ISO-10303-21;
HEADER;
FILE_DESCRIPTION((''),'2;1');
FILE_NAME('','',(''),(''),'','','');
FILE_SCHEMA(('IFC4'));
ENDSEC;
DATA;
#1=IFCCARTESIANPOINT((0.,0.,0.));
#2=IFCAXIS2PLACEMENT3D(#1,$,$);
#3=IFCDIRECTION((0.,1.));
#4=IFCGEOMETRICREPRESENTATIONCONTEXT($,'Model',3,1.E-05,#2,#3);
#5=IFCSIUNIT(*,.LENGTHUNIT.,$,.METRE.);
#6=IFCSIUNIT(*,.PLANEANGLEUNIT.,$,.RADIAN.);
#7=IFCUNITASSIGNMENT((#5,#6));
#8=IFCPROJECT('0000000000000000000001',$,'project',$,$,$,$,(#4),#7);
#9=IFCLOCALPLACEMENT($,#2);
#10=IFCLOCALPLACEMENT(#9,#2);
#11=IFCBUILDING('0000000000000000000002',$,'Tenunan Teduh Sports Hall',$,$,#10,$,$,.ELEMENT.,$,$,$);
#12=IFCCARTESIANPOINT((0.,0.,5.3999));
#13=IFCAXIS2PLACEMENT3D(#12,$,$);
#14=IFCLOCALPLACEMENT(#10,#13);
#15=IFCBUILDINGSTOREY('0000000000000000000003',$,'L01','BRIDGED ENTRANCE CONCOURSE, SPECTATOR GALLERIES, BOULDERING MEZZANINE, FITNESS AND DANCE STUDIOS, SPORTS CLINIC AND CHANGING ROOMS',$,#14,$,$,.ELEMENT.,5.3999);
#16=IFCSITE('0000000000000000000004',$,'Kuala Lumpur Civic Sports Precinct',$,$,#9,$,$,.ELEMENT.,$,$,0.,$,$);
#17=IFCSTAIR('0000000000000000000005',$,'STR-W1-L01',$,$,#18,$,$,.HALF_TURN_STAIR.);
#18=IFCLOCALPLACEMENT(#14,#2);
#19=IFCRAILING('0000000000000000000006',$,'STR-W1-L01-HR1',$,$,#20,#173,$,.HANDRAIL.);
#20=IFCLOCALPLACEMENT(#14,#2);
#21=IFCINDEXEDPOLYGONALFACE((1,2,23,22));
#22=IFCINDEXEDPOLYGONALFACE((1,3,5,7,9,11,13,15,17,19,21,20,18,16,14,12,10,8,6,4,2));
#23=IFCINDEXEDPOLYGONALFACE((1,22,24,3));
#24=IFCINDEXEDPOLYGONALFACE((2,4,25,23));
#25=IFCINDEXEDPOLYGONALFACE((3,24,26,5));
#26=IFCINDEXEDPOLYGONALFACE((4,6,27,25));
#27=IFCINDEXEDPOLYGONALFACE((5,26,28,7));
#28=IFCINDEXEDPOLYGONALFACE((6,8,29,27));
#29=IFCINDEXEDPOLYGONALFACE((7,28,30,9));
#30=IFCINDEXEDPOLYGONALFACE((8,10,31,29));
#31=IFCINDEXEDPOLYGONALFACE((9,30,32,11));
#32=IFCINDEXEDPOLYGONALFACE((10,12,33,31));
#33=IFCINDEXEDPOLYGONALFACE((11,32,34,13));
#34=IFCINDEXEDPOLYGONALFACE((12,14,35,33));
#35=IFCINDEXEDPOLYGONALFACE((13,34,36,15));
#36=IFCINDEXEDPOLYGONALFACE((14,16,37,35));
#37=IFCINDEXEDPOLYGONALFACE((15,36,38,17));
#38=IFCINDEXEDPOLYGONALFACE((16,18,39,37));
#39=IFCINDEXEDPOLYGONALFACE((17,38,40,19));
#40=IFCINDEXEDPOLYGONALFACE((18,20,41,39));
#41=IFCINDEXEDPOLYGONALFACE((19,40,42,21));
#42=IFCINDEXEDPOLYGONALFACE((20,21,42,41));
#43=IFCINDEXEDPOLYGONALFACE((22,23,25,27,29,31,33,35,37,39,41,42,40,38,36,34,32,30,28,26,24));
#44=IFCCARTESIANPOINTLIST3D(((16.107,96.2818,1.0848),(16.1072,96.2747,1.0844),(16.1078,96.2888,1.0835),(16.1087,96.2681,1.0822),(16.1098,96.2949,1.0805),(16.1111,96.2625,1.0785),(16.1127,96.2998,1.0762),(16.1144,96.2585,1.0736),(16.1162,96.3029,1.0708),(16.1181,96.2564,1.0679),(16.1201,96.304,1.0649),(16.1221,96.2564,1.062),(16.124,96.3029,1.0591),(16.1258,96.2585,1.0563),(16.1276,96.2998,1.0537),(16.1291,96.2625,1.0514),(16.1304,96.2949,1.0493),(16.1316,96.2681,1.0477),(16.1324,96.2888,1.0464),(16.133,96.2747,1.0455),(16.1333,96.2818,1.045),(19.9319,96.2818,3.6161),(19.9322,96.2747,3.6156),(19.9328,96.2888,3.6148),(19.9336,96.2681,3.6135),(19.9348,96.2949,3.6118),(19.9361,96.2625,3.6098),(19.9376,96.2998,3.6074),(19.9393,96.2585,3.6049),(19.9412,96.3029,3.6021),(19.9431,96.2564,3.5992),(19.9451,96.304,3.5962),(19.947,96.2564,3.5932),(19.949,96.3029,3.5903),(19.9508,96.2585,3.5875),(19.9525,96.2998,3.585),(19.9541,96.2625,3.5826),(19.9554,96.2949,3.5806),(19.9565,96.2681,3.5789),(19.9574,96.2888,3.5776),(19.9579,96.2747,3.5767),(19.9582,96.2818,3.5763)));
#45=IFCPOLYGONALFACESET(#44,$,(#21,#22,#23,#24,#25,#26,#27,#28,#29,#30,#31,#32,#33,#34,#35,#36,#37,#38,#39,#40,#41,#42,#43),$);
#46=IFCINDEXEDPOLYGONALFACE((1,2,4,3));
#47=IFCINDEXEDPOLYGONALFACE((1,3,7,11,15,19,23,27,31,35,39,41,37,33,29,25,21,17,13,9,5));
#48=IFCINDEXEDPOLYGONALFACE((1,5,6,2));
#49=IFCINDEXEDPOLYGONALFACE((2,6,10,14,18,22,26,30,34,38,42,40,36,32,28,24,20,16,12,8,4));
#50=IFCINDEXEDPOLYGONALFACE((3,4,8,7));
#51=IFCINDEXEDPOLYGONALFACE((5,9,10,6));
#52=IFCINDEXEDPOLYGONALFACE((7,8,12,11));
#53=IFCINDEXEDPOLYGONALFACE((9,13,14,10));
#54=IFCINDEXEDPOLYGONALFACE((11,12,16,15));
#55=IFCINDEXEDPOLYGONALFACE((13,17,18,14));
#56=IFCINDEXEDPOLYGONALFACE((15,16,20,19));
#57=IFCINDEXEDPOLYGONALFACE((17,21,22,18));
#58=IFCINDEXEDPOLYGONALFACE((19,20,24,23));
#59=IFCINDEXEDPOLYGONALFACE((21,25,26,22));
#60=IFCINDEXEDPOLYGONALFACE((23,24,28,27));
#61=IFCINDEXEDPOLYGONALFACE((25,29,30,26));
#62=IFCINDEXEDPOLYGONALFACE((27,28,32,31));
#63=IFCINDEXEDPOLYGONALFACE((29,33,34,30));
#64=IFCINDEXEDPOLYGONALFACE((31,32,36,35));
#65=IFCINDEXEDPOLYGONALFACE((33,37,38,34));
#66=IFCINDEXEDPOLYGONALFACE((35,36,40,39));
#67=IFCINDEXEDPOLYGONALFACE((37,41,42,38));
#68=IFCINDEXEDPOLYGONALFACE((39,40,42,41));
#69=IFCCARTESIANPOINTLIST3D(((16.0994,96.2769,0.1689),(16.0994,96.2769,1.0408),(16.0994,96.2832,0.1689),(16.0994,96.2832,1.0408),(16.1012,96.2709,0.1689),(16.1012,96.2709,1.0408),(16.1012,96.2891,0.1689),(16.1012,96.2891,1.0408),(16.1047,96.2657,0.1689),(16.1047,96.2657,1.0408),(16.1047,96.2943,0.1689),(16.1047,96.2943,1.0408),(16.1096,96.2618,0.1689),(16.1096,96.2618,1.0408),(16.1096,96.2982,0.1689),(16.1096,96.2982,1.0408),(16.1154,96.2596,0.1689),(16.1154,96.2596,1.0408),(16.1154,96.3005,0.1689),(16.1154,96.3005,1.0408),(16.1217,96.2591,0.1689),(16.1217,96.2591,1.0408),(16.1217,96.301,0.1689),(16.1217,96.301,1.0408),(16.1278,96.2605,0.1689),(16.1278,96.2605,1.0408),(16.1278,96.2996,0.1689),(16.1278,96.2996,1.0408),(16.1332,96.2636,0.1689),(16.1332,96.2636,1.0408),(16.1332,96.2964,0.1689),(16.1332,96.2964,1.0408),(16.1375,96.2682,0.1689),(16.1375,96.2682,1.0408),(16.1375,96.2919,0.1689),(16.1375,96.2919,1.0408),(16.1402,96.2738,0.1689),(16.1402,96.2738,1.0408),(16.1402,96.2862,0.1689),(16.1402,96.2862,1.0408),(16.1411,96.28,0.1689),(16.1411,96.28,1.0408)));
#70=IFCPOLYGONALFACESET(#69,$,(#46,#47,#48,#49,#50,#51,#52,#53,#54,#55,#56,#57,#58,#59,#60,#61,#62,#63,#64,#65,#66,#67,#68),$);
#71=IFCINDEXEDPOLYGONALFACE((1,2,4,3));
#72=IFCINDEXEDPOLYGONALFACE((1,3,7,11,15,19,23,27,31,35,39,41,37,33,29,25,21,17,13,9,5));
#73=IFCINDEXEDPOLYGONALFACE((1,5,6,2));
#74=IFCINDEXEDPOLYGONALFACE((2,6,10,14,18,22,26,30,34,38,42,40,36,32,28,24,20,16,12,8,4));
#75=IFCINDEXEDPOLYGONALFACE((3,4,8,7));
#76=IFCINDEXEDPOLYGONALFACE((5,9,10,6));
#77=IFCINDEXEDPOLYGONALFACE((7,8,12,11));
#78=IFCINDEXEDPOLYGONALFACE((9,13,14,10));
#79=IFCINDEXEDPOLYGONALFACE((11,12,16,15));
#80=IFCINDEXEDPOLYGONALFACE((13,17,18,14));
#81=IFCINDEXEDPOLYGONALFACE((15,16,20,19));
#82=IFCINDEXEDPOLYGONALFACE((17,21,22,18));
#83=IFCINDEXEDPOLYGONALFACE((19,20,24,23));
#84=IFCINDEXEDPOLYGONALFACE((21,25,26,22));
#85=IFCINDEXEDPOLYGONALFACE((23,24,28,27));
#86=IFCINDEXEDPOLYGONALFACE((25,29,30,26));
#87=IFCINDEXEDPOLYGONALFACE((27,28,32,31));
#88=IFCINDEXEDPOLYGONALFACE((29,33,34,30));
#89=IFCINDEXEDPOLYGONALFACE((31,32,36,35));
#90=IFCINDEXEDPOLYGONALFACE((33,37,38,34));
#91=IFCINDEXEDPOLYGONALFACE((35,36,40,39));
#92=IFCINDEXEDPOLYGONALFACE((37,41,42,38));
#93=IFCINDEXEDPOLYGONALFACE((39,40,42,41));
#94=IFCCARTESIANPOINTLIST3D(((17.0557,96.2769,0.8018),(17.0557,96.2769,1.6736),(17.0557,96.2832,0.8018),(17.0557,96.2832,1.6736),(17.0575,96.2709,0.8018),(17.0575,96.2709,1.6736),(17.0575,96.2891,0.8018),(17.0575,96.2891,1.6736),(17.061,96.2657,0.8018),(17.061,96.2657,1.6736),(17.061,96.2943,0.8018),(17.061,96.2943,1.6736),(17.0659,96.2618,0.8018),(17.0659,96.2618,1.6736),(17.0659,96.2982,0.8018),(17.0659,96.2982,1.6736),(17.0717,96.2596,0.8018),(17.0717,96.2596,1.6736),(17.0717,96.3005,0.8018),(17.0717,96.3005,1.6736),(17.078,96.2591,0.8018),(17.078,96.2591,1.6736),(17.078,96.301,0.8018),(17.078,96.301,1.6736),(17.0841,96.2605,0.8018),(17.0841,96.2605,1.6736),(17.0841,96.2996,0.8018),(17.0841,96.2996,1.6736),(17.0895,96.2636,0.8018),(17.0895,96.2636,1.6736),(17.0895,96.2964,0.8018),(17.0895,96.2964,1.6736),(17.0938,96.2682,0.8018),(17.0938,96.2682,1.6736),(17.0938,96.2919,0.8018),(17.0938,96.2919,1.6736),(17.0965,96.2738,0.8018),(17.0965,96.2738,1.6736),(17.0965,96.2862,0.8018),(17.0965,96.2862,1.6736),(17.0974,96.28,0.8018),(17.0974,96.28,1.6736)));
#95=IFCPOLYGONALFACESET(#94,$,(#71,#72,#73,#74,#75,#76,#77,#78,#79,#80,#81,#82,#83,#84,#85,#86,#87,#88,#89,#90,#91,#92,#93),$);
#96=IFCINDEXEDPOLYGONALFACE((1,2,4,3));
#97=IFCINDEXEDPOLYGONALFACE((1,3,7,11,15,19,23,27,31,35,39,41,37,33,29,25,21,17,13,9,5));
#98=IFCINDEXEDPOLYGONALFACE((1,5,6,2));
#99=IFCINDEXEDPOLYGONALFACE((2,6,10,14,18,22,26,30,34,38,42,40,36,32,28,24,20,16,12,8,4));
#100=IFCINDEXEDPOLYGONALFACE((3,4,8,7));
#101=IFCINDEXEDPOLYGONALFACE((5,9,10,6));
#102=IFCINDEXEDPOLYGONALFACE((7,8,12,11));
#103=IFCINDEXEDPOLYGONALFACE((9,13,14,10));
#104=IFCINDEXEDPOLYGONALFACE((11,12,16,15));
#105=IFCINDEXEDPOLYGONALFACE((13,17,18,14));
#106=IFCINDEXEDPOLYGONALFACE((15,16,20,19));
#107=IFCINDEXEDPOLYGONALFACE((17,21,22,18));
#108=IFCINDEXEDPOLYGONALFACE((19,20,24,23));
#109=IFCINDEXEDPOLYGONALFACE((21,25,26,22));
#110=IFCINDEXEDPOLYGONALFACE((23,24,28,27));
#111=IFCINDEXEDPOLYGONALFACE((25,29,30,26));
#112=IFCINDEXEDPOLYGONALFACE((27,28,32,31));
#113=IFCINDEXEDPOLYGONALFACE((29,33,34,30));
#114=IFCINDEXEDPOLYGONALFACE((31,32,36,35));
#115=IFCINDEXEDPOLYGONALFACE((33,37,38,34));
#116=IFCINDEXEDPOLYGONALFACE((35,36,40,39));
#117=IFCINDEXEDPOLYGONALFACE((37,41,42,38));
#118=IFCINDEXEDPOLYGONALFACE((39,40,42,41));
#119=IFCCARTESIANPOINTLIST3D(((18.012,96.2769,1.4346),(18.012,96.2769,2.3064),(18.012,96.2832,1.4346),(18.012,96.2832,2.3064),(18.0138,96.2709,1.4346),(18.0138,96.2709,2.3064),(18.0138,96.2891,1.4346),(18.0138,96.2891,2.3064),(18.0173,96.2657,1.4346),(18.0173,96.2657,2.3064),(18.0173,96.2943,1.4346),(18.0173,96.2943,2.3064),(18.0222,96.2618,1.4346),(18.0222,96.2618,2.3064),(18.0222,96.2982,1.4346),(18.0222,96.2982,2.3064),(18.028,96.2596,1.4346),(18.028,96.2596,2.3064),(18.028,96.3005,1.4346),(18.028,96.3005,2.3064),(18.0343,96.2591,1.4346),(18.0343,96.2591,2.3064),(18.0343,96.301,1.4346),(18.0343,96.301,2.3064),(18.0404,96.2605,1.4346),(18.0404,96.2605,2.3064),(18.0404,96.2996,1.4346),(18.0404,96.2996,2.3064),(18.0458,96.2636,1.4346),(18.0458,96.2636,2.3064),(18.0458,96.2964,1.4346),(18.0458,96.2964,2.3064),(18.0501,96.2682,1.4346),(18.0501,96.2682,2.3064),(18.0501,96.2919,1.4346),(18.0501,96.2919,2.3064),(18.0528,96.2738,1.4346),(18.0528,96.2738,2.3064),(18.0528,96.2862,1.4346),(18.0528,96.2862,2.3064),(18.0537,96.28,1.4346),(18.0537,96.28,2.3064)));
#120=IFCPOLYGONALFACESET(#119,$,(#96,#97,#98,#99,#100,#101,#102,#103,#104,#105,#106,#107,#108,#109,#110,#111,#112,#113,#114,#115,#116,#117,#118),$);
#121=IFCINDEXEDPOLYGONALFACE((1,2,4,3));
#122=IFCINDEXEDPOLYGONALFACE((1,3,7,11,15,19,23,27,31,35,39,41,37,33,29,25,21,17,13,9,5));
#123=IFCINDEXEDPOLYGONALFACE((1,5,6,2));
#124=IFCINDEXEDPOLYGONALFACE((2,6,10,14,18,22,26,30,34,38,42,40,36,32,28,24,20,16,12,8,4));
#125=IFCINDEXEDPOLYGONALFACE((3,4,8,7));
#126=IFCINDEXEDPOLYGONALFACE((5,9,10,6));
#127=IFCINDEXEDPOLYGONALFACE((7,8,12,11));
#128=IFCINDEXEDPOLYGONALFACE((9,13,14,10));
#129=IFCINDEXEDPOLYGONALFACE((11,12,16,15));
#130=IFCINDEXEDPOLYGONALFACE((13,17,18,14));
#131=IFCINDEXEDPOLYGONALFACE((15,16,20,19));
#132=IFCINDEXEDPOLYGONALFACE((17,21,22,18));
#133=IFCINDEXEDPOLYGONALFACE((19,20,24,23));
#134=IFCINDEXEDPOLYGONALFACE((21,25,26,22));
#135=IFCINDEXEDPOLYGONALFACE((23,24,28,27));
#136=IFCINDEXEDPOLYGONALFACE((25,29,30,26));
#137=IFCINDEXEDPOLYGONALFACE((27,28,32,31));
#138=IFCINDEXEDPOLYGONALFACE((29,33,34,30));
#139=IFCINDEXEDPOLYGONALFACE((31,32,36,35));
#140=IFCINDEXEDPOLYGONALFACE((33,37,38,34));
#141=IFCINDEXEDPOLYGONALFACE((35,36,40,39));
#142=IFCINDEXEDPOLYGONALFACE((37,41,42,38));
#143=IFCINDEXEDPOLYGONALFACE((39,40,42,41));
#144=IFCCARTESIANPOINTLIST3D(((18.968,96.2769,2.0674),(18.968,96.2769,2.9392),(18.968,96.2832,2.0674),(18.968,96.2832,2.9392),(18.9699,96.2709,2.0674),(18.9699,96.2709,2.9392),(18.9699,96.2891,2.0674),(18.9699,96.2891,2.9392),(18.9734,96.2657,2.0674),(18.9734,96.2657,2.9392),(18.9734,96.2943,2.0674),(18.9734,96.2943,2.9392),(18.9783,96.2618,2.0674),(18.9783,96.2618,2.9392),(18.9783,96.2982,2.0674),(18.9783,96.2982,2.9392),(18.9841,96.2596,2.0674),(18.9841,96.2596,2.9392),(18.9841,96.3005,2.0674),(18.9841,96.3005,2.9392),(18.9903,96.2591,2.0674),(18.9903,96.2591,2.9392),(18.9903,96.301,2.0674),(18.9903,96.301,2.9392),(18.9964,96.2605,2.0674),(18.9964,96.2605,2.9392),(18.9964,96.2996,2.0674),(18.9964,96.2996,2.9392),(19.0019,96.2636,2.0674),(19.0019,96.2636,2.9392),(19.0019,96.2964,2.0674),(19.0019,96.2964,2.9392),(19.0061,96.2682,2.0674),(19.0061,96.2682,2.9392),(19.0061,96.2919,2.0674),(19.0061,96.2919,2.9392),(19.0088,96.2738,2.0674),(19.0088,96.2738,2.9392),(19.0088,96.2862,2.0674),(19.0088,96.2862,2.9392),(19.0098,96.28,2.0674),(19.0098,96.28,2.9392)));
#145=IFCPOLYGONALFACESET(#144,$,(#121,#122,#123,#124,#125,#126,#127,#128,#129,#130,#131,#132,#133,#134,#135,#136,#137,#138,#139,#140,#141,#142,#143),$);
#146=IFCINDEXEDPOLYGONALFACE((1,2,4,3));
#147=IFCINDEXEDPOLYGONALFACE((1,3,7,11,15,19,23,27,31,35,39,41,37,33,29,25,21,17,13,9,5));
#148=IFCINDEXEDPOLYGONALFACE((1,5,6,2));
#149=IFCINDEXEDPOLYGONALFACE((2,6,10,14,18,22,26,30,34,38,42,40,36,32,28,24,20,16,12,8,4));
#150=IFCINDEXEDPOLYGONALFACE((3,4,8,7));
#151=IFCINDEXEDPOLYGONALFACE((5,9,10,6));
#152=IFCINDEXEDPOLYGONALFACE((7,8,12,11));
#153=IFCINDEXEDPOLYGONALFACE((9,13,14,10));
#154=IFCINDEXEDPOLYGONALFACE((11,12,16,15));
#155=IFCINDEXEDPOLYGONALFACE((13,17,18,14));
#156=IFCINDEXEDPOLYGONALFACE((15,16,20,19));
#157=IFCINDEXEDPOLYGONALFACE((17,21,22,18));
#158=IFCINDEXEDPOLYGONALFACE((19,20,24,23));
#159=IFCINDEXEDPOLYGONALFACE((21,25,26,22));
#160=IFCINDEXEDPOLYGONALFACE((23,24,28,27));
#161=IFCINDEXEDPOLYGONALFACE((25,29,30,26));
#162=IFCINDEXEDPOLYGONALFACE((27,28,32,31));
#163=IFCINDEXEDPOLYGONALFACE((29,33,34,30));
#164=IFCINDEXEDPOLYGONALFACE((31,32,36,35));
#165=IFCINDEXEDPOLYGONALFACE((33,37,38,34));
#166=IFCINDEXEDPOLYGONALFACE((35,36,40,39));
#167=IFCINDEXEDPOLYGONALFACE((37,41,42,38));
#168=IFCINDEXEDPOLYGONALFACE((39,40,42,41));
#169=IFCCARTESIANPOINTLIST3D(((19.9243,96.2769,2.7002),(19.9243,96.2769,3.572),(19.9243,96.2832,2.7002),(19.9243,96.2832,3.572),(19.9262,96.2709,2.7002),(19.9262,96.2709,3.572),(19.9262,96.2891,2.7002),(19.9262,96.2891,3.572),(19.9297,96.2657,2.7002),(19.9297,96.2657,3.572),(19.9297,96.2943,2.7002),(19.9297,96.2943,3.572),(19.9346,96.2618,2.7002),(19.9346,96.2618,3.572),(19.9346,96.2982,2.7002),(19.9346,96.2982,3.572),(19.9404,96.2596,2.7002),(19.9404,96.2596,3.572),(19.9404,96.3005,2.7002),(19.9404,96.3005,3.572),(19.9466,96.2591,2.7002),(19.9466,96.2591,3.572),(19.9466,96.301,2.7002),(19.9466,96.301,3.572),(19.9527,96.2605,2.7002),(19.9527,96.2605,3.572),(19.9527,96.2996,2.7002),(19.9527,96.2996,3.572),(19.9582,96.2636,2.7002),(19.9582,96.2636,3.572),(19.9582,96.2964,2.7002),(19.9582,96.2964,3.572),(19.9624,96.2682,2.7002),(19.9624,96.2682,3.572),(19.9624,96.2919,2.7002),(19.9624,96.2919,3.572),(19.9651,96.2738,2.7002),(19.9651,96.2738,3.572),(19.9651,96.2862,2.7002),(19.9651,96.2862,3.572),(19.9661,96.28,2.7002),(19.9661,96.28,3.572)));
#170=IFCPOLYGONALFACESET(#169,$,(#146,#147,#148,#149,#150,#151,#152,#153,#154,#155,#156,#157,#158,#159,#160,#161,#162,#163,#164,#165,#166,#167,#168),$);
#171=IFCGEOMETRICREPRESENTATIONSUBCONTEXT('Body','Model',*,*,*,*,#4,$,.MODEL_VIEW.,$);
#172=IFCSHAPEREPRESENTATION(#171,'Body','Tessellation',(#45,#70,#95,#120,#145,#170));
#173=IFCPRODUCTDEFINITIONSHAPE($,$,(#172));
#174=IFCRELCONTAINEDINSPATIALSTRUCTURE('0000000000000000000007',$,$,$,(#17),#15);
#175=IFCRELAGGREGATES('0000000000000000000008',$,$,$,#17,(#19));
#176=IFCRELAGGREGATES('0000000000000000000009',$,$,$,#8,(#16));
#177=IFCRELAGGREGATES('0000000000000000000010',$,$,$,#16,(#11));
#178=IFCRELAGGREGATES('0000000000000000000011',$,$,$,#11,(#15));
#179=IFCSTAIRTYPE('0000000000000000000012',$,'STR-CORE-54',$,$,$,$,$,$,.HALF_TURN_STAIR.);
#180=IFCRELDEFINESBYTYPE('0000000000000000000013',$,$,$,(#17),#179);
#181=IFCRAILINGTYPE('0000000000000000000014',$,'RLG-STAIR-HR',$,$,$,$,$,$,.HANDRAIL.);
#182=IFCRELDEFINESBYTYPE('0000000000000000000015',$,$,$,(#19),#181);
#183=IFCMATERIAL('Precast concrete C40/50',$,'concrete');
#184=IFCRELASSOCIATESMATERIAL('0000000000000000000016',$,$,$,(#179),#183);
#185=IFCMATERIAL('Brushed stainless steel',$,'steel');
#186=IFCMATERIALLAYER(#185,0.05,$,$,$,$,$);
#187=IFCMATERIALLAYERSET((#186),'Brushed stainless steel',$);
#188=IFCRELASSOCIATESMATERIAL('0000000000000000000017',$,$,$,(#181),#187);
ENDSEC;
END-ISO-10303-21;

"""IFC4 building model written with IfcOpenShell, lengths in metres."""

from ifc_helpers import new_model, si_unit, direction, frame, origin, origin_2d, place, context, subcontext, project, spatial, circle, extrude, material, layer, layer_set, type_object, element, aggregate, save


model = new_model("IFC4")

# Units and contexts
model_context = context("Model", 3, precision=1e-05, world=origin(), true_north=direction((0.0, 1.0)))
body_context = subcontext(model_context, "Body", "Model", "MODEL_VIEW")
ifc_project = project(units=[si_unit("LENGTHUNIT", "METRE"), si_unit("PLANEANGLEUNIT", "RADIAN")], contexts=[model_context])

# Site, building, storey
site_placement = place(None, origin())
site = spatial("IfcSite", under=ifc_project, at=site_placement, Name="Kuala Lumpur Civic Sports Precinct", CompositionType="ELEMENT", RefElevation=0.0)
building_placement = place(site_placement, origin())
building = spatial("IfcBuilding", under=site, at=building_placement, Name="Tenunan Teduh Sports Hall", CompositionType="ELEMENT")
storey_placement = place(building_placement, frame((0.0, 0.0, 5.3999)))
storey = spatial("IfcBuildingStorey", under=building, at=storey_placement, Name="L01", Description="BRIDGED ENTRANCE CONCOURSE, SPECTATOR GALLERIES, BOULDERING MEZZANINE, FITNESS AND DANCE STUDIOS, SPORTS CLINIC AND CHANGING ROOMS", CompositionType="ELEMENT", Elevation=5.3999)

# Stair
ifc_material_1 = material(Name="Precast concrete C40/50", Category="concrete")
stair_type = type_object("IfcStairType", Name="STR-CORE-54", PredefinedType="HALF_TURN_STAIR", material=ifc_material_1)
stair_placement = place(storey_placement, origin())
stair = element("IfcStair", 1, at=stair_placement, inside=storey, type_object=stair_type, Name="STR-W1-L01", PredefinedType="HALF_TURN_STAIR")

# Railing
ifc_material_2 = material(Name="Brushed stainless steel", Category="steel")
ifc_layer_1 = layer(ifc_material_2, 0.05)
ifc_layer_set_1 = layer_set([ifc_layer_1], Name="Brushed stainless steel")
railing_type_1 = type_object("IfcRailingType", Name="RLG-STAIR-HR", PredefinedType="HANDRAIL", material=ifc_layer_set_1)
railing_1_placement = place(storey_placement, frame((16.1201, 96.28, 0.1689)))
railing_1 = element("IfcRailing", 2, at=railing_1_placement, type_object=railing_type_1, Name="STR-W1-L01-HR1", PredefinedType="HANDRAIL", context=body_context, shape_type="SweptSolid", body=[
    extrude(circle(Radius=0.0239, at=origin_2d()), frame((0.0, 0.0, 0.896), z_axis=(0.833929, 0.0, 0.551872), x_axis=(0.0, 1.0, 0.0)), (0.0, 0.0, 1.0), 4.5867),
    extrude(circle(Radius=0.021, at=origin_2d()), origin(), (0.0, 0.0, 1.0), 0.8718),
    extrude(circle(Radius=0.021, at=origin_2d()), frame((0.9563, 0.0, 0.6328)), (0.0, 0.0, 1.0), 0.8718),
    extrude(circle(Radius=0.021, at=origin_2d()), frame((1.9126, 0.0, 1.2656)), (0.0, 0.0, 1.0), 0.8718),
    extrude(circle(Radius=0.021, at=origin_2d()), frame((2.8687, 0.0, 1.8984)), (0.0, 0.0, 1.0), 0.8718),
    extrude(circle(Radius=0.021, at=origin_2d()), frame((3.825, 0.0, 2.5312)), (0.0, 0.0, 1.0), 0.8718),
])
aggregate(stair, [railing_1])

save(model, "model.ifc")
